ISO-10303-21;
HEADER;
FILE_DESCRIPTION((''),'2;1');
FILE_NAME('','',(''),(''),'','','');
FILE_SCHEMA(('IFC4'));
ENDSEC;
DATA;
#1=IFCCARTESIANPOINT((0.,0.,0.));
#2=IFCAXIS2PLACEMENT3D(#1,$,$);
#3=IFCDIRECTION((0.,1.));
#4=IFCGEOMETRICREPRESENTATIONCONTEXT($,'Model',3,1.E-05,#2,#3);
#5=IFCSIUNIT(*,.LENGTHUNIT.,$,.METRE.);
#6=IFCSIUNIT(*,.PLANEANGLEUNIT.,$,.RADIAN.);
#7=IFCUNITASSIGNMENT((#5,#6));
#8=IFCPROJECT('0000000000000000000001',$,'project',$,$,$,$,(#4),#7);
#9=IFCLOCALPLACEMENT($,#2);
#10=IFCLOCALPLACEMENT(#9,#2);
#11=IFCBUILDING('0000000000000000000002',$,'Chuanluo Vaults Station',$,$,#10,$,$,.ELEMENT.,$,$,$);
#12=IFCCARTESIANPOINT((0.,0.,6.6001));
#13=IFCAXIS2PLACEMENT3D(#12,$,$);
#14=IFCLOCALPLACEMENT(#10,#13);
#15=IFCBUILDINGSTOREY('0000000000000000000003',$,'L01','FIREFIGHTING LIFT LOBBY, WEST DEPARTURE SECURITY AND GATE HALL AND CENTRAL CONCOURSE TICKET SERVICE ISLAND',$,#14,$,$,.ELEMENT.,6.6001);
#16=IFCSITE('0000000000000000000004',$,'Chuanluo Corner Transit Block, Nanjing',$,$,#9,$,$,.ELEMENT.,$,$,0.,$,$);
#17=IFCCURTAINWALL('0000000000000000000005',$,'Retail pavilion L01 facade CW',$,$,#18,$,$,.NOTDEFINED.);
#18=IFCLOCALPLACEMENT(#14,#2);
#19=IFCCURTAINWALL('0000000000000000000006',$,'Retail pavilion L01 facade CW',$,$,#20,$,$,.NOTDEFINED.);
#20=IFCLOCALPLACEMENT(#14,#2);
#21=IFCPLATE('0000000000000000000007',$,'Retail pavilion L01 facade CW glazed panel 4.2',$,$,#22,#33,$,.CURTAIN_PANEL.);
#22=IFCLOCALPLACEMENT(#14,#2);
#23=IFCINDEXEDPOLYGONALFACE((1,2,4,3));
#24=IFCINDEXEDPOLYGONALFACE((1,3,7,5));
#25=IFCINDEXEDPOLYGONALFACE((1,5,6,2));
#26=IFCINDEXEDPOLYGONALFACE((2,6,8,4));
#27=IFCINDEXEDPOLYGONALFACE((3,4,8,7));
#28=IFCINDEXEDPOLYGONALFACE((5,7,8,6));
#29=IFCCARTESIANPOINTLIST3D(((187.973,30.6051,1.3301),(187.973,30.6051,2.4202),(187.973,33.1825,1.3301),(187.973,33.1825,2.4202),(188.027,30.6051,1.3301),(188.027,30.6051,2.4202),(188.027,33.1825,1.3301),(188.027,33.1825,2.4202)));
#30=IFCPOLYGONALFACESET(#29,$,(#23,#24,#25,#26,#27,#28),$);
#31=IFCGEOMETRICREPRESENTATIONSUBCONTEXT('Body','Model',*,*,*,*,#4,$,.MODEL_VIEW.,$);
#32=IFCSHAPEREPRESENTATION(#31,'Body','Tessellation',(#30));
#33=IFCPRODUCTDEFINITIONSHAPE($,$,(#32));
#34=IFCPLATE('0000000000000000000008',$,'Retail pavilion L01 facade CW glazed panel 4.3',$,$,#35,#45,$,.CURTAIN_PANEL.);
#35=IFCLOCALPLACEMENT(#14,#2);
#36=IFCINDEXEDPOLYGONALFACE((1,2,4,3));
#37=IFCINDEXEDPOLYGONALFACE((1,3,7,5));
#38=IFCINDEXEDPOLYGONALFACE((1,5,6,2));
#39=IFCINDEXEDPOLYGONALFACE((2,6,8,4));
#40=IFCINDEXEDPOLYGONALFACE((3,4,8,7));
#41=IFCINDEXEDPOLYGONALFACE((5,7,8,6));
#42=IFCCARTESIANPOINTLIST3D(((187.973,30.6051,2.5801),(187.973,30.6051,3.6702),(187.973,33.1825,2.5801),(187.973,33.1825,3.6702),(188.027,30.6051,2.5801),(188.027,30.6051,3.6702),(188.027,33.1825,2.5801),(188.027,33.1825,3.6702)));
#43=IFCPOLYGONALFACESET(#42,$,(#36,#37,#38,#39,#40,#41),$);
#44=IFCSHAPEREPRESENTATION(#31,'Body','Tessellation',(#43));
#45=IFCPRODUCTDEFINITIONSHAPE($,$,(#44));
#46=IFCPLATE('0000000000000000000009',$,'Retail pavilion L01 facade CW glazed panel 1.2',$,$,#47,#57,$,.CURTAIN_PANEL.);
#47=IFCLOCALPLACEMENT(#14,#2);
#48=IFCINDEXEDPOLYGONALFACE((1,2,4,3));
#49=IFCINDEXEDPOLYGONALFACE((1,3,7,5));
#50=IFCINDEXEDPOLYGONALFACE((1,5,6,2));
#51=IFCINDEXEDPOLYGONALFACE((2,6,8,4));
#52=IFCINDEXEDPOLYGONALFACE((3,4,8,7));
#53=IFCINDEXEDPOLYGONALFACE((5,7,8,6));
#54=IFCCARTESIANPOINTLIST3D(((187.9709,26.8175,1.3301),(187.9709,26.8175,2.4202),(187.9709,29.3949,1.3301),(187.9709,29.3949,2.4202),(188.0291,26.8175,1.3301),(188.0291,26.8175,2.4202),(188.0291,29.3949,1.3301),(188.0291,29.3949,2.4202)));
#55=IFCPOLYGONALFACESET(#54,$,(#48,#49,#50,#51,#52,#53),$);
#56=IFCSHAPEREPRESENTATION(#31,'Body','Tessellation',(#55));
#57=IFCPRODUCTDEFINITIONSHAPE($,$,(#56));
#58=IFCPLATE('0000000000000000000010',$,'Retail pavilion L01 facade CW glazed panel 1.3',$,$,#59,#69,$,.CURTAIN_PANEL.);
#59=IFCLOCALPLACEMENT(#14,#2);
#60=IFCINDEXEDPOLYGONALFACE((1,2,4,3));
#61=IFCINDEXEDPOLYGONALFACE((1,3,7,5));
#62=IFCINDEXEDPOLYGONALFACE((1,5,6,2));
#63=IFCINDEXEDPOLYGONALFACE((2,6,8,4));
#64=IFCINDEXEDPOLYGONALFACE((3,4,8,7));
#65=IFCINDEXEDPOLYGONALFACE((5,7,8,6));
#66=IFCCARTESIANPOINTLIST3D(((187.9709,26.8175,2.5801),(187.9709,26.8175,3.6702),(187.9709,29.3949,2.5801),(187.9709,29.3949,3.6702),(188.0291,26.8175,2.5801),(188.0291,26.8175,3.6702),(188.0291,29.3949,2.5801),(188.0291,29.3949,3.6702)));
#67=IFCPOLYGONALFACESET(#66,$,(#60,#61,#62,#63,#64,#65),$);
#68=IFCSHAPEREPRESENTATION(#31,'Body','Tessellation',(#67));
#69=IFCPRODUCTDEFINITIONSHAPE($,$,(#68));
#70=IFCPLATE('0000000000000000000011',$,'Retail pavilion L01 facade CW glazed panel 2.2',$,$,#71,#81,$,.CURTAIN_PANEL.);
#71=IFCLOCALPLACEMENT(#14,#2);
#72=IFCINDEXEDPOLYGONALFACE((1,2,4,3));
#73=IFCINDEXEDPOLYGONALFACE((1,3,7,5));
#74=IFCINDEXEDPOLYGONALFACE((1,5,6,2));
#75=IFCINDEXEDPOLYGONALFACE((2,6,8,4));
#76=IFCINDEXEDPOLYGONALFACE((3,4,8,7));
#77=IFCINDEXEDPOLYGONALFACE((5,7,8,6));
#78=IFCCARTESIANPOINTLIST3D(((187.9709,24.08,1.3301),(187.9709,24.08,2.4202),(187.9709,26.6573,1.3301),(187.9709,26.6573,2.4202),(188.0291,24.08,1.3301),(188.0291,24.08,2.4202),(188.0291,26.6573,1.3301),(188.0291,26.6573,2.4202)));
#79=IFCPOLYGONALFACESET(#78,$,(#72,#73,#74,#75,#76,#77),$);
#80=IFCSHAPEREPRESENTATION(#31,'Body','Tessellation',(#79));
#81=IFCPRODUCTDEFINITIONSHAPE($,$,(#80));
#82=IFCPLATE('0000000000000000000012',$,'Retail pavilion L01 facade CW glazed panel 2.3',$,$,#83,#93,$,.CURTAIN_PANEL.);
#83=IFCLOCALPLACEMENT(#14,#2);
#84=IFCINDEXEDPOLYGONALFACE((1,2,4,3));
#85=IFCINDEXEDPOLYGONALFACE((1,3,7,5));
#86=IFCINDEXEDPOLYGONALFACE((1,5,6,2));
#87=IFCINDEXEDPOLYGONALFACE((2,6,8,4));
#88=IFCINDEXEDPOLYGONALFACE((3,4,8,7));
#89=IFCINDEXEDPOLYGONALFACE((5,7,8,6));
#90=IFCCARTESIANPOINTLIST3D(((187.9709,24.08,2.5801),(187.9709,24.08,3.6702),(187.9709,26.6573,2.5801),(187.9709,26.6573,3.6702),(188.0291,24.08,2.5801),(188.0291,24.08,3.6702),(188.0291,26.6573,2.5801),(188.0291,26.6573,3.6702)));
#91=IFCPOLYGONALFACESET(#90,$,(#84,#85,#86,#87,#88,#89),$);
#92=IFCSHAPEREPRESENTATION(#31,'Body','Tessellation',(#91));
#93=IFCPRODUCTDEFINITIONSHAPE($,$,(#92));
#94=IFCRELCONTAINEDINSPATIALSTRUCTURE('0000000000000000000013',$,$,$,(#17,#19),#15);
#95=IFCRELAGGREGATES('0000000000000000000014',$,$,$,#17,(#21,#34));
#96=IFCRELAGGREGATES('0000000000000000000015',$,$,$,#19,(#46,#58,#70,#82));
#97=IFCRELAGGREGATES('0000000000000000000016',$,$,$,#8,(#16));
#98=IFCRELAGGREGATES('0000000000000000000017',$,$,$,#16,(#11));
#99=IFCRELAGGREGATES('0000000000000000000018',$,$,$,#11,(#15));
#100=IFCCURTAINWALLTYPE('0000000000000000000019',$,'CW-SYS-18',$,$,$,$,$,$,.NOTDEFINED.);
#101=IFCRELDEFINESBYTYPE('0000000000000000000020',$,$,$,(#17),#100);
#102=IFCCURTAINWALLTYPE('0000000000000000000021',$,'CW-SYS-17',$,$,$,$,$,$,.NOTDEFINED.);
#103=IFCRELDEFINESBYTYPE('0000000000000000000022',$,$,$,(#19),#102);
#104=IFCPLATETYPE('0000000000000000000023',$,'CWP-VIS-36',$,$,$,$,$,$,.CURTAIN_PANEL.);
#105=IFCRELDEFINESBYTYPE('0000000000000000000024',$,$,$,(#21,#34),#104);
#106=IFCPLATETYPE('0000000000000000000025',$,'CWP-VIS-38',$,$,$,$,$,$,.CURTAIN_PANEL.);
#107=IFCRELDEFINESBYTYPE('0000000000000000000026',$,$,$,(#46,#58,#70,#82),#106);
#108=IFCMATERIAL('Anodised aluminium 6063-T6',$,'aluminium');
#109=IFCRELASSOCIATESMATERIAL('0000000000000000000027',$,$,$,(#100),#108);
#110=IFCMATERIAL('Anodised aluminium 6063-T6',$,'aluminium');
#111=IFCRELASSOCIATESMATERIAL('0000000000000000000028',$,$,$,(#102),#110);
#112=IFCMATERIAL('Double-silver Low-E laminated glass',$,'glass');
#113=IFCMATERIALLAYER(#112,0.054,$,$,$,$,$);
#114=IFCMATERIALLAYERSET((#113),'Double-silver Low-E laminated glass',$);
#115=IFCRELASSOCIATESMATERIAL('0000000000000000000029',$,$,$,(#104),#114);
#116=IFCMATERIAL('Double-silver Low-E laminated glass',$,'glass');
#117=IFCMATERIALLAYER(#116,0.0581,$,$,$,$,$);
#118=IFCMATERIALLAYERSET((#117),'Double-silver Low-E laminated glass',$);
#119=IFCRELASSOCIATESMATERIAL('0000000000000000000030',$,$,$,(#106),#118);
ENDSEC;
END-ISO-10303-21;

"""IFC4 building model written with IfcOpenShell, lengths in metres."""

from ifc_helpers import new_model, si_unit, direction, frame, origin, origin_2d, place, context, subcontext, project, spatial, rectangle, extrude, material, layer, layer_set, type_object, element, aggregate, save


model = new_model("IFC4")

# Units and contexts
model_context = context("Model", 3, precision=1e-05, world=origin(), true_north=direction((0.0, 1.0)))
body_context = subcontext(model_context, "Body", "Model", "MODEL_VIEW")
ifc_project = project(units=[si_unit("LENGTHUNIT", "METRE"), si_unit("PLANEANGLEUNIT", "RADIAN")], contexts=[model_context])

# Site, building, storey
site_placement = place(None, origin())
site = spatial("IfcSite", under=ifc_project, at=site_placement, Name="Chuanluo Corner Transit Block, Nanjing", CompositionType="ELEMENT", RefElevation=0.0)
building_placement = place(site_placement, origin())
building = spatial("IfcBuilding", under=site, at=building_placement, Name="Chuanluo Vaults Station", CompositionType="ELEMENT")
storey_placement = place(building_placement, frame((0.0, 0.0, 6.6001)))
storey = spatial("IfcBuildingStorey", under=building, at=storey_placement, Name="L01", Description="FIREFIGHTING LIFT LOBBY, WEST DEPARTURE SECURITY AND GATE HALL AND CENTRAL CONCOURSE TICKET SERVICE ISLAND", CompositionType="ELEMENT", Elevation=6.6001)

# Curtain walls
ifc_material_1 = material(Name="Anodised aluminium 6063-T6", Category="aluminium")
curtain_wall_type_1 = type_object("IfcCurtainWallType", Name="CW-SYS-18", PredefinedType="NOTDEFINED", material=ifc_material_1)
curtain_wall_1_placement = place(storey_placement, origin())
curtain_wall_1 = element("IfcCurtainWall", 1, at=curtain_wall_1_placement, inside=storey, type_object=curtain_wall_type_1, Name="Retail pavilion L01 facade CW", PredefinedType="NOTDEFINED")
ifc_material_2 = material(Name="Anodised aluminium 6063-T6", Category="aluminium")
curtain_wall_type_2 = type_object("IfcCurtainWallType", Name="CW-SYS-17", PredefinedType="NOTDEFINED", material=ifc_material_2)
curtain_wall_2_placement = place(storey_placement, origin())
curtain_wall_2 = element("IfcCurtainWall", 2, at=curtain_wall_2_placement, inside=storey, type_object=curtain_wall_type_2, Name="Retail pavilion L01 facade CW", PredefinedType="NOTDEFINED")

# Plates
ifc_material_3 = material(Name="Double-silver Low-E laminated glass", Category="glass")
ifc_layer_1 = layer(ifc_material_3, 0.054)
ifc_layer_set_1 = layer_set([ifc_layer_1], Name="Double-silver Low-E laminated glass")
plate_type_1 = type_object("IfcPlateType", Name="CWP-VIS-36", PredefinedType="CURTAIN_PANEL", material=ifc_layer_set_1)
plate_1_placement = place(storey_placement, frame((188.0, 31.8938, 1.3301), z_axis=(0.0, 0.0, 1.0), x_axis=(0.0, -1.0, 0.0)))
plate_1 = element("IfcPlate", 3, at=plate_1_placement, type_object=plate_type_1, Name="Retail pavilion L01 facade CW glazed panel 4.2", PredefinedType="CURTAIN_PANEL", context=body_context, shape_type="SweptSolid", body=[
    extrude(rectangle(XDim=2.5774, YDim=0.054, at=origin_2d()), origin(), (0.0, 0.0, 1.0), 1.0901),
])
plate_2_placement = place(storey_placement, frame((188.0, 31.8938, 2.5801), z_axis=(0.0, 0.0, 1.0), x_axis=(0.0, -1.0, 0.0)))
plate_2 = element("IfcPlate", 4, at=plate_2_placement, type_object=plate_type_1, Name="Retail pavilion L01 facade CW glazed panel 4.3", PredefinedType="CURTAIN_PANEL", context=body_context, shape_type="SweptSolid", body=[
    extrude(rectangle(XDim=2.5774, YDim=0.054, at=origin_2d()), origin(), (0.0, 0.0, 1.0), 1.0901),
])
aggregate(curtain_wall_1, [plate_1, plate_2])
ifc_material_4 = material(Name="Double-silver Low-E laminated glass", Category="glass")
ifc_layer_2 = layer(ifc_material_4, 0.0581)
ifc_layer_set_2 = layer_set([ifc_layer_2], Name="Double-silver Low-E laminated glass")
plate_type_2 = type_object("IfcPlateType", Name="CWP-VIS-38", PredefinedType="CURTAIN_PANEL", material=ifc_layer_set_2)
plate_3_placement = place(storey_placement, frame((188.0, 28.1062, 1.3301), z_axis=(0.0, 0.0, 1.0), x_axis=(0.0, -1.0, 0.0)))
plate_3 = element("IfcPlate", 5, at=plate_3_placement, type_object=plate_type_2, Name="Retail pavilion L01 facade CW glazed panel 1.2", PredefinedType="CURTAIN_PANEL", context=body_context, shape_type="SweptSolid", body=[
    extrude(rectangle(XDim=2.5774, YDim=0.0581, at=origin_2d()), origin(), (0.0, 0.0, 1.0), 1.0901),
])
plate_4_placement = place(storey_placement, frame((188.0, 28.1062, 2.5801), z_axis=(0.0, 0.0, 1.0), x_axis=(0.0, -1.0, 0.0)))
plate_4 = element("IfcPlate", 6, at=plate_4_placement, type_object=plate_type_2, Name="Retail pavilion L01 facade CW glazed panel 1.3", PredefinedType="CURTAIN_PANEL", context=body_context, shape_type="SweptSolid", body=[
    extrude(rectangle(XDim=2.5774, YDim=0.0581, at=origin_2d()), origin(), (0.0, 0.0, 1.0), 1.0901),
])
plate_5_placement = place(storey_placement, frame((188.0, 25.3687, 1.3301), z_axis=(0.0, 0.0, 1.0), x_axis=(0.0, -1.0, 0.0)))
plate_5 = element("IfcPlate", 7, at=plate_5_placement, type_object=plate_type_2, Name="Retail pavilion L01 facade CW glazed panel 2.2", PredefinedType="CURTAIN_PANEL", context=body_context, shape_type="SweptSolid", body=[
    extrude(rectangle(XDim=2.5774, YDim=0.0581, at=origin_2d()), origin(), (0.0, 0.0, 1.0), 1.0901),
])
plate_6_placement = place(storey_placement, frame((188.0, 25.3687, 2.5801), z_axis=(0.0, 0.0, 1.0), x_axis=(0.0, -1.0, 0.0)))
plate_6 = element("IfcPlate", 8, at=plate_6_placement, type_object=plate_type_2, Name="Retail pavilion L01 facade CW glazed panel 2.3", PredefinedType="CURTAIN_PANEL", context=body_context, shape_type="SweptSolid", body=[
    extrude(rectangle(XDim=2.5774, YDim=0.0581, at=origin_2d()), origin(), (0.0, 0.0, 1.0), 1.0901),
])
aggregate(curtain_wall_2, [plate_3, plate_4, plate_5, plate_6])

save(model, "model.ifc")
